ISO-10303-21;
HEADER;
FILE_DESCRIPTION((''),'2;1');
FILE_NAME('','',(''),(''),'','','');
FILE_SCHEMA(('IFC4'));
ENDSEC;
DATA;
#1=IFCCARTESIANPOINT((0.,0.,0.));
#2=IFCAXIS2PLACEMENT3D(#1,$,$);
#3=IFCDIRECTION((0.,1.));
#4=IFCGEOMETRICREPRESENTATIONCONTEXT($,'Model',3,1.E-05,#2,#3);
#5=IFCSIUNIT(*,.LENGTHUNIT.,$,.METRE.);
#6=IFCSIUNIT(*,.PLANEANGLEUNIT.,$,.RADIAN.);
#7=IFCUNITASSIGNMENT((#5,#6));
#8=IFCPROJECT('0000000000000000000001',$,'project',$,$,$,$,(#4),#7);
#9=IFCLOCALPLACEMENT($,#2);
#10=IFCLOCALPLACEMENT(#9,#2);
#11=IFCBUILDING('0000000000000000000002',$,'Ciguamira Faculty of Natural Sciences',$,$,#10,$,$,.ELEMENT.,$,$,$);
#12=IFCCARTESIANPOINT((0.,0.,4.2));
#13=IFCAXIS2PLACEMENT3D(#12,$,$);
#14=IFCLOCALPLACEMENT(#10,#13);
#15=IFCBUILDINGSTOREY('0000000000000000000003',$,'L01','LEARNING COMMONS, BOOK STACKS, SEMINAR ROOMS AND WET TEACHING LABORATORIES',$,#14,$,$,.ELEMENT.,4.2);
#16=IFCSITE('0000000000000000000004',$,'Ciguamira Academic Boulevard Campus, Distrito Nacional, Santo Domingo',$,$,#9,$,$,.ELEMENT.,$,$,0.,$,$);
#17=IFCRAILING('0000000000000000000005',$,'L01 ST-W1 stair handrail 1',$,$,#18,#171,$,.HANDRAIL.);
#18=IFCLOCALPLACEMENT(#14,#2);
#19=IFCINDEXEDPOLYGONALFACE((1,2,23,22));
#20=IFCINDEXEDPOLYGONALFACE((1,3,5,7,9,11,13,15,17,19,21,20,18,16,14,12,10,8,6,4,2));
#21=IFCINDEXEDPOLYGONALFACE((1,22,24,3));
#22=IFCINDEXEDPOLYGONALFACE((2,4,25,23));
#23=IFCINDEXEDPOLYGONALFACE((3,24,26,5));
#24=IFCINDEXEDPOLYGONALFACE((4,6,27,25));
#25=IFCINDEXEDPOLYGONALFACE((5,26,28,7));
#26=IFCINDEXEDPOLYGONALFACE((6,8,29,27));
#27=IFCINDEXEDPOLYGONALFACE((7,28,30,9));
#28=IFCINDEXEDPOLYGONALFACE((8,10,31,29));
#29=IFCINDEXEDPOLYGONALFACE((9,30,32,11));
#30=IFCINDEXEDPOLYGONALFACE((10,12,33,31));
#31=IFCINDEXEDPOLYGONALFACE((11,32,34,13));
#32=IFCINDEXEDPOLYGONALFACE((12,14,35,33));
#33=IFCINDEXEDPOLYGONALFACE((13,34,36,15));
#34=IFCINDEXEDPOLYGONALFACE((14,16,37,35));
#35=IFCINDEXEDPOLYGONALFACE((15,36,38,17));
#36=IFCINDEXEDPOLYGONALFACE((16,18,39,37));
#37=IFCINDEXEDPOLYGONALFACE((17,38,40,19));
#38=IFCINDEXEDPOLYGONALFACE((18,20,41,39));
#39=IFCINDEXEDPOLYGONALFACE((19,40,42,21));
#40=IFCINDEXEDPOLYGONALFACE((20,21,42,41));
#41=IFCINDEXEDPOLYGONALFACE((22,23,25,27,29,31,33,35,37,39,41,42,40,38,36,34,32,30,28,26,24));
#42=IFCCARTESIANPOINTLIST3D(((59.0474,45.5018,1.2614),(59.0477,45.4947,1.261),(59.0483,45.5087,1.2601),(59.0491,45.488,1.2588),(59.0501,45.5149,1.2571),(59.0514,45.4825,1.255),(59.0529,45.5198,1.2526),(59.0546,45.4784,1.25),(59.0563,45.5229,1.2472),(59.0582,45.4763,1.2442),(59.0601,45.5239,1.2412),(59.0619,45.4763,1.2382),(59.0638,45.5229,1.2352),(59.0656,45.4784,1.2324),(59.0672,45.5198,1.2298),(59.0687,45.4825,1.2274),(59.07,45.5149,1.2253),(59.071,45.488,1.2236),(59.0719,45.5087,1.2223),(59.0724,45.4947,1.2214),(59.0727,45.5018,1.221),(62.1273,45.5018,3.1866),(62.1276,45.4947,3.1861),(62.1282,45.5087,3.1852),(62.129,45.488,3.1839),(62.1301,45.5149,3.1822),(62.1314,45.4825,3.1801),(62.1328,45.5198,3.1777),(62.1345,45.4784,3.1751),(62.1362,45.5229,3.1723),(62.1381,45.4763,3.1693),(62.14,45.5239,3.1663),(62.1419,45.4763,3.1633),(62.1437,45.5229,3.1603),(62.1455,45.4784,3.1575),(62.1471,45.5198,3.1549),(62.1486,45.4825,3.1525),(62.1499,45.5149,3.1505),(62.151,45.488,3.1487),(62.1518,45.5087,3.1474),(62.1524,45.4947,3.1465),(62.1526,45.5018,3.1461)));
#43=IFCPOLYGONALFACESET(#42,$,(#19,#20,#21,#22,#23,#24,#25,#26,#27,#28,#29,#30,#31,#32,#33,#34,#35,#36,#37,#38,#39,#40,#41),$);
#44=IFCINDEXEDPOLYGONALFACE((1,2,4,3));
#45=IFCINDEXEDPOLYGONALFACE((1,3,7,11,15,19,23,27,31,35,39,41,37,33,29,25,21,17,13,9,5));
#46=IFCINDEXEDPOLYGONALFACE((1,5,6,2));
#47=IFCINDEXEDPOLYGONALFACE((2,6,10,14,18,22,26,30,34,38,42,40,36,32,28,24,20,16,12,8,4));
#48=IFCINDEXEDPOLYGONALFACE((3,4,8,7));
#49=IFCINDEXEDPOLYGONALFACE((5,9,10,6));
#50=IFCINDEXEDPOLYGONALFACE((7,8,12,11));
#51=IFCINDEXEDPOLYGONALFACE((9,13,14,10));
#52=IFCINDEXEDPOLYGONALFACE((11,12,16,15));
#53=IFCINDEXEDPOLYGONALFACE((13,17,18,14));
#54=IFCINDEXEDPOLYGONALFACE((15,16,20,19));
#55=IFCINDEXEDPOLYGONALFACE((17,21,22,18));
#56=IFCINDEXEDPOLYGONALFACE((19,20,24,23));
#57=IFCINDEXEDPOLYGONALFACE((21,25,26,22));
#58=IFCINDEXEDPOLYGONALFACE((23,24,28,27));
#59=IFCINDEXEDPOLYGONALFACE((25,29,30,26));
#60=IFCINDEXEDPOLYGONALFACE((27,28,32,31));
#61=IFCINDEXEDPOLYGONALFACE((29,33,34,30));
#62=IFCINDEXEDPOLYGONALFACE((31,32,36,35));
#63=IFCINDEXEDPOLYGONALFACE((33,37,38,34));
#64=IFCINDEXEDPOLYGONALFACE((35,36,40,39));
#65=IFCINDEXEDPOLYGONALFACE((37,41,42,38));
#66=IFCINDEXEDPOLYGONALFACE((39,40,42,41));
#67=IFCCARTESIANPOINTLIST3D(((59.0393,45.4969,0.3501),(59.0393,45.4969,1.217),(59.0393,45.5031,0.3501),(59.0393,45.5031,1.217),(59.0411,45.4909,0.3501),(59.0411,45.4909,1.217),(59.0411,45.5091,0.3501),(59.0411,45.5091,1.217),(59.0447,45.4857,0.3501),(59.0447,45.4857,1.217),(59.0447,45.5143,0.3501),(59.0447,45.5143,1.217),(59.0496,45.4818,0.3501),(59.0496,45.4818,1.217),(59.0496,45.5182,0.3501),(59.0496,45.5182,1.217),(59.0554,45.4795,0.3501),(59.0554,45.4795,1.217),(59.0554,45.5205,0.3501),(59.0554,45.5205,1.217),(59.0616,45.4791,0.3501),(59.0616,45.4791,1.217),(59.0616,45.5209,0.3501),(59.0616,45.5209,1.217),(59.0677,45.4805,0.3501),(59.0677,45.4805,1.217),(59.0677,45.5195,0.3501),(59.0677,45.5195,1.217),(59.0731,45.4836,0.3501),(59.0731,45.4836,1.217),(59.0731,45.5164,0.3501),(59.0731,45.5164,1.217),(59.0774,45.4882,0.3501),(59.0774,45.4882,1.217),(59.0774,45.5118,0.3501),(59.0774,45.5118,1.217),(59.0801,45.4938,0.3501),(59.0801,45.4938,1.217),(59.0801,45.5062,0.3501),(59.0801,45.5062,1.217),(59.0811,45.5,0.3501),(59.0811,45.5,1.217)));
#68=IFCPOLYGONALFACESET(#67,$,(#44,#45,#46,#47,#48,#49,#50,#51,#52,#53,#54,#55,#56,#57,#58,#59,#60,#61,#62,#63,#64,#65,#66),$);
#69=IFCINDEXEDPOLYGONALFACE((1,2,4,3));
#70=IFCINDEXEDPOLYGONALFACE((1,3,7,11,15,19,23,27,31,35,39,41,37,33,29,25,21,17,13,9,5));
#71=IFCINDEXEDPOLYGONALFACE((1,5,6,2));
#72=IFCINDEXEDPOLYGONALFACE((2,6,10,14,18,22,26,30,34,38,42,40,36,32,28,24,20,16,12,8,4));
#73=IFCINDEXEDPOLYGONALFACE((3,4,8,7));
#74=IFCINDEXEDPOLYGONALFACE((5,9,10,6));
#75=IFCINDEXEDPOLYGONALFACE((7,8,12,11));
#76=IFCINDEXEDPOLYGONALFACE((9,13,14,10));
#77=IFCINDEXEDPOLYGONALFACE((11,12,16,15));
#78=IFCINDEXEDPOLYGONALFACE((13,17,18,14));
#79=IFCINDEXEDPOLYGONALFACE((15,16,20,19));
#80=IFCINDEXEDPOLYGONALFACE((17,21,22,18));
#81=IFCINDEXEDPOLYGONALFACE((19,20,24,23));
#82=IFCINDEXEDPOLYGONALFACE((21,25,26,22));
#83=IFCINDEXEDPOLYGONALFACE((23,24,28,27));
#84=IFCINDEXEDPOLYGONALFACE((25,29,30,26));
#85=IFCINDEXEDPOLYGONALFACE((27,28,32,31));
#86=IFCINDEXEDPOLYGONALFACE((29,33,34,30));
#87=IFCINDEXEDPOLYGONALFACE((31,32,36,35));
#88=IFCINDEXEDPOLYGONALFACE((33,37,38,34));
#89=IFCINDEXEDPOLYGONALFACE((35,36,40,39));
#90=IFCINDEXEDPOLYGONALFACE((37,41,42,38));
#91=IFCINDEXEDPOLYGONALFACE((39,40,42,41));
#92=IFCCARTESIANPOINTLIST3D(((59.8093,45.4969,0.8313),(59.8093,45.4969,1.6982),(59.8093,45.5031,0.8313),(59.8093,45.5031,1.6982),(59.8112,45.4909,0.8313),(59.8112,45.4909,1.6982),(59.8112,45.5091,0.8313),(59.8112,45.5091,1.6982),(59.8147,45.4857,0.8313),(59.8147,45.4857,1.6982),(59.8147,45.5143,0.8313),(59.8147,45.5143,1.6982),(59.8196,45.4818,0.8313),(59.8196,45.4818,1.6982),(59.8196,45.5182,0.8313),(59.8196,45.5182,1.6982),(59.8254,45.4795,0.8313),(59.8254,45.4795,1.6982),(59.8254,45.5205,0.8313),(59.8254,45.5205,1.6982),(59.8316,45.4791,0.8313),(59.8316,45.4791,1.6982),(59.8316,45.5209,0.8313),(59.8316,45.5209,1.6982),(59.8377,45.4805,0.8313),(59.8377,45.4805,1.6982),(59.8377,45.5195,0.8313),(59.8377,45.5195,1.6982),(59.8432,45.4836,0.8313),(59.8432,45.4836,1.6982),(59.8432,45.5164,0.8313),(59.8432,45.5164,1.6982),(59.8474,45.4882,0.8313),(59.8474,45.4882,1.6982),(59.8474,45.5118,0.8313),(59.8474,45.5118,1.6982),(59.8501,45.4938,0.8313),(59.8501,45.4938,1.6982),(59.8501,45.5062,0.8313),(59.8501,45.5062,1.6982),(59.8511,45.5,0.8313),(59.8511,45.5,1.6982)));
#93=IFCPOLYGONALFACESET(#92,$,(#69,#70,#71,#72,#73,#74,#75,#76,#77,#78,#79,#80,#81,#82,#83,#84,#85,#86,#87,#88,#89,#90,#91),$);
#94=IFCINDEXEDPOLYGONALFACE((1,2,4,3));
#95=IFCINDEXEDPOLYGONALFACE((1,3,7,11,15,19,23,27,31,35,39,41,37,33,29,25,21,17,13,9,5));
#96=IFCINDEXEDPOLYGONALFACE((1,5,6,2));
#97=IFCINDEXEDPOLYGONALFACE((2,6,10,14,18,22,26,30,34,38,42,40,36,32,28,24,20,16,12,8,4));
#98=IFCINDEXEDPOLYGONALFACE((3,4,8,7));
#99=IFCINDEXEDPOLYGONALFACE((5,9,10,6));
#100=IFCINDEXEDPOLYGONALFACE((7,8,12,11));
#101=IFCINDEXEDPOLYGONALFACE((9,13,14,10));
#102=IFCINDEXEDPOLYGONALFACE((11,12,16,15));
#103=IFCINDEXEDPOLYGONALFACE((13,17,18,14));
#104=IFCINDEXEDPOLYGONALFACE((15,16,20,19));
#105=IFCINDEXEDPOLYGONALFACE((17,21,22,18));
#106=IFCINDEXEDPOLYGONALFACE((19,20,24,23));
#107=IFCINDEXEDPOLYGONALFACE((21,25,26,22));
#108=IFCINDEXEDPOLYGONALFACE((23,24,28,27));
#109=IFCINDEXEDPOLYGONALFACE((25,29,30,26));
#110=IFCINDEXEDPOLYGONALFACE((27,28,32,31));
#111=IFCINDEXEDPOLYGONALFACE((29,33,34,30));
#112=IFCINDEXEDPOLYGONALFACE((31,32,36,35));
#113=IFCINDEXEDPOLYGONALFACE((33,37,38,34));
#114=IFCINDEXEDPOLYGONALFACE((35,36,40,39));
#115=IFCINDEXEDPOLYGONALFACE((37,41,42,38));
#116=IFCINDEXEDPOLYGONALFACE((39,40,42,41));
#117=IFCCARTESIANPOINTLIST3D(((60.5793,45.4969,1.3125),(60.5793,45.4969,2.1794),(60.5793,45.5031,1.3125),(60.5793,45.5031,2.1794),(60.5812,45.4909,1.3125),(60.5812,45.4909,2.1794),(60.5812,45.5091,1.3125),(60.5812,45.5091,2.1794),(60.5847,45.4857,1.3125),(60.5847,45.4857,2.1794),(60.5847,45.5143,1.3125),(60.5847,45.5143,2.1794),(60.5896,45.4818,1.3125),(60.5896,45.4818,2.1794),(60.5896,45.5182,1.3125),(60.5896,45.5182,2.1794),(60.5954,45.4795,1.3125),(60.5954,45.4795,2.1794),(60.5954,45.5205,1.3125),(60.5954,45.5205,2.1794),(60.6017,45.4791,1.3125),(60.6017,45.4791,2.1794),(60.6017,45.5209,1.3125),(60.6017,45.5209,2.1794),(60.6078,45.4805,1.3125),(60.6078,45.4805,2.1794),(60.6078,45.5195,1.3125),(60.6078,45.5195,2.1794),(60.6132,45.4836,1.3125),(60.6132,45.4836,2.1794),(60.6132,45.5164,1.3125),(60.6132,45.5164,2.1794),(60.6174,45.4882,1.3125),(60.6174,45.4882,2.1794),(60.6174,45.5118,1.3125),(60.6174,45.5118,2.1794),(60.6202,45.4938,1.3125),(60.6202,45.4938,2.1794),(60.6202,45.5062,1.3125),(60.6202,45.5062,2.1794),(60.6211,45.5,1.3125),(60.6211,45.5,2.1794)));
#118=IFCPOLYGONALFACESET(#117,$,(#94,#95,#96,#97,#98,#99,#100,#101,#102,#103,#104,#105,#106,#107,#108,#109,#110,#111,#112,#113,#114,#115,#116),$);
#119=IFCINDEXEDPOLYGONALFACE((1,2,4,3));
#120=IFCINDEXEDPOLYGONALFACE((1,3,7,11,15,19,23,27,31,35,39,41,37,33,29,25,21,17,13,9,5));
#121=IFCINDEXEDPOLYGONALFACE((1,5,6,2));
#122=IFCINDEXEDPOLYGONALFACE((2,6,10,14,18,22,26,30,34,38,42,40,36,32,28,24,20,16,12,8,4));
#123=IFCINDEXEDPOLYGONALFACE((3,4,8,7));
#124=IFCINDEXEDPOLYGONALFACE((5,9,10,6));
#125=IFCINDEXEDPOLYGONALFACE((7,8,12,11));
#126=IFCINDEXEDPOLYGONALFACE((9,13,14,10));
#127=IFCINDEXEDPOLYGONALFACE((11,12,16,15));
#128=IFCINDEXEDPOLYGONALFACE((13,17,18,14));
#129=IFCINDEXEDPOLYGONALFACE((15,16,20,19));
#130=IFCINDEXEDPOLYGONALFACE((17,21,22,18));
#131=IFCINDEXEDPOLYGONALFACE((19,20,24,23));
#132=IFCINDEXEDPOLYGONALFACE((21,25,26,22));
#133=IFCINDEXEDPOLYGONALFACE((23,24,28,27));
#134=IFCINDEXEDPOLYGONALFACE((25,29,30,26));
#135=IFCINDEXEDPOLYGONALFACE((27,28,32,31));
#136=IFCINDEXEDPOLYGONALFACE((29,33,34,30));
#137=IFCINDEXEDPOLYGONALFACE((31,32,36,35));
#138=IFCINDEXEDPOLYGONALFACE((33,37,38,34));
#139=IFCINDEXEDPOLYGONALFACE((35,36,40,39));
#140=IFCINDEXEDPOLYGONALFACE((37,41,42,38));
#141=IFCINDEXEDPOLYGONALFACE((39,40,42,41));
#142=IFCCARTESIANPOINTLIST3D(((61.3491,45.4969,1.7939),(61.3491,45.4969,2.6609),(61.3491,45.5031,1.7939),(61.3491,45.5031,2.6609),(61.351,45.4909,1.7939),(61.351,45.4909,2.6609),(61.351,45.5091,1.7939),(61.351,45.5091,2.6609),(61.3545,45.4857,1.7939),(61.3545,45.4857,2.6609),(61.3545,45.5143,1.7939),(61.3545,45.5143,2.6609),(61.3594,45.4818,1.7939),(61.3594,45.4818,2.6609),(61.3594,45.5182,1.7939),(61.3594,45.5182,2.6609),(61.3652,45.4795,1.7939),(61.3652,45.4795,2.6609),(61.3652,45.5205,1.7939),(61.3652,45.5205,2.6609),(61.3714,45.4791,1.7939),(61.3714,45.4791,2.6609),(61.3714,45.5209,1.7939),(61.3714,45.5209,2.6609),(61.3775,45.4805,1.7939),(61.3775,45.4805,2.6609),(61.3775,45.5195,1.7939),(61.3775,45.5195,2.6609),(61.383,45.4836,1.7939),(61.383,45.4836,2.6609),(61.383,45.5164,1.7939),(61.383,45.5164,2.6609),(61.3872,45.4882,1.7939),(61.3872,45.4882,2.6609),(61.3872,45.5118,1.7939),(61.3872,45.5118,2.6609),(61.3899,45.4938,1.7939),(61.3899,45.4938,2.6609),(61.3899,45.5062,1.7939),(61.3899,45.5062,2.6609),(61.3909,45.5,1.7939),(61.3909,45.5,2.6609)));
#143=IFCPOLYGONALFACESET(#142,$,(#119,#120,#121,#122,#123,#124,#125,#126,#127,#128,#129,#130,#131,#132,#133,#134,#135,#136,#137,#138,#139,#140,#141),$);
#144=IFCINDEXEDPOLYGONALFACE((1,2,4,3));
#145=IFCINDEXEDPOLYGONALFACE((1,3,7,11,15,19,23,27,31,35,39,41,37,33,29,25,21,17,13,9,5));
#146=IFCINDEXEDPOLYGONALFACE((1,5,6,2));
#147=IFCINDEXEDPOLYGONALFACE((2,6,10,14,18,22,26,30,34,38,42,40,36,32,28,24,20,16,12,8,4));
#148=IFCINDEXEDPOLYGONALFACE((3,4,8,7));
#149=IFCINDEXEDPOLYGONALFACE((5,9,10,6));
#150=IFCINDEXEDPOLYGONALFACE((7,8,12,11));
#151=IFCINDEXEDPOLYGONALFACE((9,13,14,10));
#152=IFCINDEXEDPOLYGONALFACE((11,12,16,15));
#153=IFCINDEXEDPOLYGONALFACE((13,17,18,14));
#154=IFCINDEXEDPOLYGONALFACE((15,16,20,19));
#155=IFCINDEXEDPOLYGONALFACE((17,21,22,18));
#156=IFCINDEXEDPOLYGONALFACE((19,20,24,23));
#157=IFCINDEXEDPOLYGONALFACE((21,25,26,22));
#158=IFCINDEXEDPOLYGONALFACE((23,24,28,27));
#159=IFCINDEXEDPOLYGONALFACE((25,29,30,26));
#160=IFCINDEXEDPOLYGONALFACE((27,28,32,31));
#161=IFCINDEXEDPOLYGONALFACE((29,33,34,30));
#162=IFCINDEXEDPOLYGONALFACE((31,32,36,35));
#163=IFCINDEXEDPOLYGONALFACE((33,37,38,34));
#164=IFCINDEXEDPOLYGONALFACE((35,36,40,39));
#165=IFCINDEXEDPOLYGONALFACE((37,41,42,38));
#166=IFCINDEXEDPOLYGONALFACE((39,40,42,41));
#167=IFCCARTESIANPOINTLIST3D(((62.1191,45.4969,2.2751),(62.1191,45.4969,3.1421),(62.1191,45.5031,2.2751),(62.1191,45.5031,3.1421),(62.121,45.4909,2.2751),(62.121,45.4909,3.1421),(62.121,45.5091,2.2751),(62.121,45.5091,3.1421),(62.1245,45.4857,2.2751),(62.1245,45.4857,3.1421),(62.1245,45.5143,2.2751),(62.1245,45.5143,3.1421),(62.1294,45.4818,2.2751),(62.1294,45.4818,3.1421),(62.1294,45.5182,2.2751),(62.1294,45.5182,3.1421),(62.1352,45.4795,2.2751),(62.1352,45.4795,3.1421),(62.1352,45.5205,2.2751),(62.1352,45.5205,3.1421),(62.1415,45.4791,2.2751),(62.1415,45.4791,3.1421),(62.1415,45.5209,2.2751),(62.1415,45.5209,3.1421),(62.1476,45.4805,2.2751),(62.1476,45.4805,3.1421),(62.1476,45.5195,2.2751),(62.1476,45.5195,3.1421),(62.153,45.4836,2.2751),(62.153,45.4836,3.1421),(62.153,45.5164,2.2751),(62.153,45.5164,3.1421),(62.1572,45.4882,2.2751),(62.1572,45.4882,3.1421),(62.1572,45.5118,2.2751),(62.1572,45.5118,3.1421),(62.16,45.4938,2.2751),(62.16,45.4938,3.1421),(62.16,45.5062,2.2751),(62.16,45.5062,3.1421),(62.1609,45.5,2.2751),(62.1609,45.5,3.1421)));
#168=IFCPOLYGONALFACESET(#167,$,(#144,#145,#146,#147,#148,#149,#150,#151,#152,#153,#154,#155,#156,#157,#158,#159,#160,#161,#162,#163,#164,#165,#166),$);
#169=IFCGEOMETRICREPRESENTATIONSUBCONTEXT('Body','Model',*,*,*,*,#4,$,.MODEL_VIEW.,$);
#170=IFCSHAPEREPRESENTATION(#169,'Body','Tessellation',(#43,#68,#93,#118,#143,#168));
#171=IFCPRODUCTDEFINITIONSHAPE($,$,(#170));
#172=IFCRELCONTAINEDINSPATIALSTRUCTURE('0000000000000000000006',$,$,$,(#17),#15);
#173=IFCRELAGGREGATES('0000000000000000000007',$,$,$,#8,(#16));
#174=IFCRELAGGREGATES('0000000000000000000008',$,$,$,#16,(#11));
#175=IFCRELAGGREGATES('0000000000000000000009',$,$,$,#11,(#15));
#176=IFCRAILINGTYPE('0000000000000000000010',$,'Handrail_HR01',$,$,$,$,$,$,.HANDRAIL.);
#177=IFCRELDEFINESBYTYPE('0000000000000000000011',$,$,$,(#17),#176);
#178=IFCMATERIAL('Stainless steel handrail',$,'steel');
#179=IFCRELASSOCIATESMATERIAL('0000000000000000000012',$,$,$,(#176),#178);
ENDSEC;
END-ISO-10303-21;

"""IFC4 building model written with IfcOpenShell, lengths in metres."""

from ifc_helpers import new_model, si_unit, direction, frame, origin, origin_2d, place, context, subcontext, project, spatial, circle, extrude, material, type_object, element, save


model = new_model("IFC4")

# Units and contexts
model_context = context("Model", 3, precision=1e-05, world=origin(), true_north=direction((0.0, 1.0)))
body_context = subcontext(model_context, "Body", "Model", "MODEL_VIEW")
ifc_project = project(units=[si_unit("LENGTHUNIT", "METRE"), si_unit("PLANEANGLEUNIT", "RADIAN")], contexts=[model_context])

# Site, building, storey
site_placement = place(None, origin())
site = spatial("IfcSite", under=ifc_project, at=site_placement, Name="Ciguamira Academic Boulevard Campus, Distrito Nacional, Santo Domingo", CompositionType="ELEMENT", RefElevation=0.0)
building_placement = place(site_placement, origin())
building = spatial("IfcBuilding", under=site, at=building_placement, Name="Ciguamira Faculty of Natural Sciences", CompositionType="ELEMENT")
storey_placement = place(building_placement, frame((0.0, 0.0, 4.2)))
storey = spatial("IfcBuildingStorey", under=building, at=storey_placement, Name="L01", Description="LEARNING COMMONS, BOOK STACKS, SEMINAR ROOMS AND WET TEACHING LABORATORIES", CompositionType="ELEMENT", Elevation=4.2)

# Railing
ifc_material_1 = material(Name="Stainless steel handrail", Category="steel")
railing_type_1 = type_object("IfcRailingType", Name="Handrail_HR01", PredefinedType="HANDRAIL", material=ifc_material_1)
railing_1_placement = place(storey_placement, frame((59.0601, 45.5, 0.3501)))
element("IfcRailing", 1, at=railing_1_placement, inside=storey, type_object=railing_type_1, Name="L01 ST-W1 stair handrail 1", PredefinedType="HANDRAIL", context=body_context, shape_type="SweptSolid", body=[
    extrude(circle(Radius=0.0239, at=origin_2d()), frame((0.0, 0.0, 0.8911), z_axis=(0.847979, 0.0, 0.530029), x_axis=(0.0, 1.0, 0.0)), (0.0, 0.0, 1.0), 3.6321),
    extrude(circle(Radius=0.021, at=origin_2d()), origin(), (0.0, 0.0, 1.0), 0.8669),
    extrude(circle(Radius=0.021, at=origin_2d()), frame((0.77, 0.0, 0.4812)), (0.0, 0.0, 1.0), 0.8669),
    extrude(circle(Radius=0.021, at=origin_2d()), frame((1.54, 0.0, 0.9624)), (0.0, 0.0, 1.0), 0.8669),
    extrude(circle(Radius=0.021, at=origin_2d()), frame((2.3098, 0.0, 1.4438)), (0.0, 0.0, 1.0), 0.8669),
    extrude(circle(Radius=0.021, at=origin_2d()), frame((3.0798, 0.0, 1.925)), (0.0, 0.0, 1.0), 0.8669),
])

save(model, "model.ifc")
